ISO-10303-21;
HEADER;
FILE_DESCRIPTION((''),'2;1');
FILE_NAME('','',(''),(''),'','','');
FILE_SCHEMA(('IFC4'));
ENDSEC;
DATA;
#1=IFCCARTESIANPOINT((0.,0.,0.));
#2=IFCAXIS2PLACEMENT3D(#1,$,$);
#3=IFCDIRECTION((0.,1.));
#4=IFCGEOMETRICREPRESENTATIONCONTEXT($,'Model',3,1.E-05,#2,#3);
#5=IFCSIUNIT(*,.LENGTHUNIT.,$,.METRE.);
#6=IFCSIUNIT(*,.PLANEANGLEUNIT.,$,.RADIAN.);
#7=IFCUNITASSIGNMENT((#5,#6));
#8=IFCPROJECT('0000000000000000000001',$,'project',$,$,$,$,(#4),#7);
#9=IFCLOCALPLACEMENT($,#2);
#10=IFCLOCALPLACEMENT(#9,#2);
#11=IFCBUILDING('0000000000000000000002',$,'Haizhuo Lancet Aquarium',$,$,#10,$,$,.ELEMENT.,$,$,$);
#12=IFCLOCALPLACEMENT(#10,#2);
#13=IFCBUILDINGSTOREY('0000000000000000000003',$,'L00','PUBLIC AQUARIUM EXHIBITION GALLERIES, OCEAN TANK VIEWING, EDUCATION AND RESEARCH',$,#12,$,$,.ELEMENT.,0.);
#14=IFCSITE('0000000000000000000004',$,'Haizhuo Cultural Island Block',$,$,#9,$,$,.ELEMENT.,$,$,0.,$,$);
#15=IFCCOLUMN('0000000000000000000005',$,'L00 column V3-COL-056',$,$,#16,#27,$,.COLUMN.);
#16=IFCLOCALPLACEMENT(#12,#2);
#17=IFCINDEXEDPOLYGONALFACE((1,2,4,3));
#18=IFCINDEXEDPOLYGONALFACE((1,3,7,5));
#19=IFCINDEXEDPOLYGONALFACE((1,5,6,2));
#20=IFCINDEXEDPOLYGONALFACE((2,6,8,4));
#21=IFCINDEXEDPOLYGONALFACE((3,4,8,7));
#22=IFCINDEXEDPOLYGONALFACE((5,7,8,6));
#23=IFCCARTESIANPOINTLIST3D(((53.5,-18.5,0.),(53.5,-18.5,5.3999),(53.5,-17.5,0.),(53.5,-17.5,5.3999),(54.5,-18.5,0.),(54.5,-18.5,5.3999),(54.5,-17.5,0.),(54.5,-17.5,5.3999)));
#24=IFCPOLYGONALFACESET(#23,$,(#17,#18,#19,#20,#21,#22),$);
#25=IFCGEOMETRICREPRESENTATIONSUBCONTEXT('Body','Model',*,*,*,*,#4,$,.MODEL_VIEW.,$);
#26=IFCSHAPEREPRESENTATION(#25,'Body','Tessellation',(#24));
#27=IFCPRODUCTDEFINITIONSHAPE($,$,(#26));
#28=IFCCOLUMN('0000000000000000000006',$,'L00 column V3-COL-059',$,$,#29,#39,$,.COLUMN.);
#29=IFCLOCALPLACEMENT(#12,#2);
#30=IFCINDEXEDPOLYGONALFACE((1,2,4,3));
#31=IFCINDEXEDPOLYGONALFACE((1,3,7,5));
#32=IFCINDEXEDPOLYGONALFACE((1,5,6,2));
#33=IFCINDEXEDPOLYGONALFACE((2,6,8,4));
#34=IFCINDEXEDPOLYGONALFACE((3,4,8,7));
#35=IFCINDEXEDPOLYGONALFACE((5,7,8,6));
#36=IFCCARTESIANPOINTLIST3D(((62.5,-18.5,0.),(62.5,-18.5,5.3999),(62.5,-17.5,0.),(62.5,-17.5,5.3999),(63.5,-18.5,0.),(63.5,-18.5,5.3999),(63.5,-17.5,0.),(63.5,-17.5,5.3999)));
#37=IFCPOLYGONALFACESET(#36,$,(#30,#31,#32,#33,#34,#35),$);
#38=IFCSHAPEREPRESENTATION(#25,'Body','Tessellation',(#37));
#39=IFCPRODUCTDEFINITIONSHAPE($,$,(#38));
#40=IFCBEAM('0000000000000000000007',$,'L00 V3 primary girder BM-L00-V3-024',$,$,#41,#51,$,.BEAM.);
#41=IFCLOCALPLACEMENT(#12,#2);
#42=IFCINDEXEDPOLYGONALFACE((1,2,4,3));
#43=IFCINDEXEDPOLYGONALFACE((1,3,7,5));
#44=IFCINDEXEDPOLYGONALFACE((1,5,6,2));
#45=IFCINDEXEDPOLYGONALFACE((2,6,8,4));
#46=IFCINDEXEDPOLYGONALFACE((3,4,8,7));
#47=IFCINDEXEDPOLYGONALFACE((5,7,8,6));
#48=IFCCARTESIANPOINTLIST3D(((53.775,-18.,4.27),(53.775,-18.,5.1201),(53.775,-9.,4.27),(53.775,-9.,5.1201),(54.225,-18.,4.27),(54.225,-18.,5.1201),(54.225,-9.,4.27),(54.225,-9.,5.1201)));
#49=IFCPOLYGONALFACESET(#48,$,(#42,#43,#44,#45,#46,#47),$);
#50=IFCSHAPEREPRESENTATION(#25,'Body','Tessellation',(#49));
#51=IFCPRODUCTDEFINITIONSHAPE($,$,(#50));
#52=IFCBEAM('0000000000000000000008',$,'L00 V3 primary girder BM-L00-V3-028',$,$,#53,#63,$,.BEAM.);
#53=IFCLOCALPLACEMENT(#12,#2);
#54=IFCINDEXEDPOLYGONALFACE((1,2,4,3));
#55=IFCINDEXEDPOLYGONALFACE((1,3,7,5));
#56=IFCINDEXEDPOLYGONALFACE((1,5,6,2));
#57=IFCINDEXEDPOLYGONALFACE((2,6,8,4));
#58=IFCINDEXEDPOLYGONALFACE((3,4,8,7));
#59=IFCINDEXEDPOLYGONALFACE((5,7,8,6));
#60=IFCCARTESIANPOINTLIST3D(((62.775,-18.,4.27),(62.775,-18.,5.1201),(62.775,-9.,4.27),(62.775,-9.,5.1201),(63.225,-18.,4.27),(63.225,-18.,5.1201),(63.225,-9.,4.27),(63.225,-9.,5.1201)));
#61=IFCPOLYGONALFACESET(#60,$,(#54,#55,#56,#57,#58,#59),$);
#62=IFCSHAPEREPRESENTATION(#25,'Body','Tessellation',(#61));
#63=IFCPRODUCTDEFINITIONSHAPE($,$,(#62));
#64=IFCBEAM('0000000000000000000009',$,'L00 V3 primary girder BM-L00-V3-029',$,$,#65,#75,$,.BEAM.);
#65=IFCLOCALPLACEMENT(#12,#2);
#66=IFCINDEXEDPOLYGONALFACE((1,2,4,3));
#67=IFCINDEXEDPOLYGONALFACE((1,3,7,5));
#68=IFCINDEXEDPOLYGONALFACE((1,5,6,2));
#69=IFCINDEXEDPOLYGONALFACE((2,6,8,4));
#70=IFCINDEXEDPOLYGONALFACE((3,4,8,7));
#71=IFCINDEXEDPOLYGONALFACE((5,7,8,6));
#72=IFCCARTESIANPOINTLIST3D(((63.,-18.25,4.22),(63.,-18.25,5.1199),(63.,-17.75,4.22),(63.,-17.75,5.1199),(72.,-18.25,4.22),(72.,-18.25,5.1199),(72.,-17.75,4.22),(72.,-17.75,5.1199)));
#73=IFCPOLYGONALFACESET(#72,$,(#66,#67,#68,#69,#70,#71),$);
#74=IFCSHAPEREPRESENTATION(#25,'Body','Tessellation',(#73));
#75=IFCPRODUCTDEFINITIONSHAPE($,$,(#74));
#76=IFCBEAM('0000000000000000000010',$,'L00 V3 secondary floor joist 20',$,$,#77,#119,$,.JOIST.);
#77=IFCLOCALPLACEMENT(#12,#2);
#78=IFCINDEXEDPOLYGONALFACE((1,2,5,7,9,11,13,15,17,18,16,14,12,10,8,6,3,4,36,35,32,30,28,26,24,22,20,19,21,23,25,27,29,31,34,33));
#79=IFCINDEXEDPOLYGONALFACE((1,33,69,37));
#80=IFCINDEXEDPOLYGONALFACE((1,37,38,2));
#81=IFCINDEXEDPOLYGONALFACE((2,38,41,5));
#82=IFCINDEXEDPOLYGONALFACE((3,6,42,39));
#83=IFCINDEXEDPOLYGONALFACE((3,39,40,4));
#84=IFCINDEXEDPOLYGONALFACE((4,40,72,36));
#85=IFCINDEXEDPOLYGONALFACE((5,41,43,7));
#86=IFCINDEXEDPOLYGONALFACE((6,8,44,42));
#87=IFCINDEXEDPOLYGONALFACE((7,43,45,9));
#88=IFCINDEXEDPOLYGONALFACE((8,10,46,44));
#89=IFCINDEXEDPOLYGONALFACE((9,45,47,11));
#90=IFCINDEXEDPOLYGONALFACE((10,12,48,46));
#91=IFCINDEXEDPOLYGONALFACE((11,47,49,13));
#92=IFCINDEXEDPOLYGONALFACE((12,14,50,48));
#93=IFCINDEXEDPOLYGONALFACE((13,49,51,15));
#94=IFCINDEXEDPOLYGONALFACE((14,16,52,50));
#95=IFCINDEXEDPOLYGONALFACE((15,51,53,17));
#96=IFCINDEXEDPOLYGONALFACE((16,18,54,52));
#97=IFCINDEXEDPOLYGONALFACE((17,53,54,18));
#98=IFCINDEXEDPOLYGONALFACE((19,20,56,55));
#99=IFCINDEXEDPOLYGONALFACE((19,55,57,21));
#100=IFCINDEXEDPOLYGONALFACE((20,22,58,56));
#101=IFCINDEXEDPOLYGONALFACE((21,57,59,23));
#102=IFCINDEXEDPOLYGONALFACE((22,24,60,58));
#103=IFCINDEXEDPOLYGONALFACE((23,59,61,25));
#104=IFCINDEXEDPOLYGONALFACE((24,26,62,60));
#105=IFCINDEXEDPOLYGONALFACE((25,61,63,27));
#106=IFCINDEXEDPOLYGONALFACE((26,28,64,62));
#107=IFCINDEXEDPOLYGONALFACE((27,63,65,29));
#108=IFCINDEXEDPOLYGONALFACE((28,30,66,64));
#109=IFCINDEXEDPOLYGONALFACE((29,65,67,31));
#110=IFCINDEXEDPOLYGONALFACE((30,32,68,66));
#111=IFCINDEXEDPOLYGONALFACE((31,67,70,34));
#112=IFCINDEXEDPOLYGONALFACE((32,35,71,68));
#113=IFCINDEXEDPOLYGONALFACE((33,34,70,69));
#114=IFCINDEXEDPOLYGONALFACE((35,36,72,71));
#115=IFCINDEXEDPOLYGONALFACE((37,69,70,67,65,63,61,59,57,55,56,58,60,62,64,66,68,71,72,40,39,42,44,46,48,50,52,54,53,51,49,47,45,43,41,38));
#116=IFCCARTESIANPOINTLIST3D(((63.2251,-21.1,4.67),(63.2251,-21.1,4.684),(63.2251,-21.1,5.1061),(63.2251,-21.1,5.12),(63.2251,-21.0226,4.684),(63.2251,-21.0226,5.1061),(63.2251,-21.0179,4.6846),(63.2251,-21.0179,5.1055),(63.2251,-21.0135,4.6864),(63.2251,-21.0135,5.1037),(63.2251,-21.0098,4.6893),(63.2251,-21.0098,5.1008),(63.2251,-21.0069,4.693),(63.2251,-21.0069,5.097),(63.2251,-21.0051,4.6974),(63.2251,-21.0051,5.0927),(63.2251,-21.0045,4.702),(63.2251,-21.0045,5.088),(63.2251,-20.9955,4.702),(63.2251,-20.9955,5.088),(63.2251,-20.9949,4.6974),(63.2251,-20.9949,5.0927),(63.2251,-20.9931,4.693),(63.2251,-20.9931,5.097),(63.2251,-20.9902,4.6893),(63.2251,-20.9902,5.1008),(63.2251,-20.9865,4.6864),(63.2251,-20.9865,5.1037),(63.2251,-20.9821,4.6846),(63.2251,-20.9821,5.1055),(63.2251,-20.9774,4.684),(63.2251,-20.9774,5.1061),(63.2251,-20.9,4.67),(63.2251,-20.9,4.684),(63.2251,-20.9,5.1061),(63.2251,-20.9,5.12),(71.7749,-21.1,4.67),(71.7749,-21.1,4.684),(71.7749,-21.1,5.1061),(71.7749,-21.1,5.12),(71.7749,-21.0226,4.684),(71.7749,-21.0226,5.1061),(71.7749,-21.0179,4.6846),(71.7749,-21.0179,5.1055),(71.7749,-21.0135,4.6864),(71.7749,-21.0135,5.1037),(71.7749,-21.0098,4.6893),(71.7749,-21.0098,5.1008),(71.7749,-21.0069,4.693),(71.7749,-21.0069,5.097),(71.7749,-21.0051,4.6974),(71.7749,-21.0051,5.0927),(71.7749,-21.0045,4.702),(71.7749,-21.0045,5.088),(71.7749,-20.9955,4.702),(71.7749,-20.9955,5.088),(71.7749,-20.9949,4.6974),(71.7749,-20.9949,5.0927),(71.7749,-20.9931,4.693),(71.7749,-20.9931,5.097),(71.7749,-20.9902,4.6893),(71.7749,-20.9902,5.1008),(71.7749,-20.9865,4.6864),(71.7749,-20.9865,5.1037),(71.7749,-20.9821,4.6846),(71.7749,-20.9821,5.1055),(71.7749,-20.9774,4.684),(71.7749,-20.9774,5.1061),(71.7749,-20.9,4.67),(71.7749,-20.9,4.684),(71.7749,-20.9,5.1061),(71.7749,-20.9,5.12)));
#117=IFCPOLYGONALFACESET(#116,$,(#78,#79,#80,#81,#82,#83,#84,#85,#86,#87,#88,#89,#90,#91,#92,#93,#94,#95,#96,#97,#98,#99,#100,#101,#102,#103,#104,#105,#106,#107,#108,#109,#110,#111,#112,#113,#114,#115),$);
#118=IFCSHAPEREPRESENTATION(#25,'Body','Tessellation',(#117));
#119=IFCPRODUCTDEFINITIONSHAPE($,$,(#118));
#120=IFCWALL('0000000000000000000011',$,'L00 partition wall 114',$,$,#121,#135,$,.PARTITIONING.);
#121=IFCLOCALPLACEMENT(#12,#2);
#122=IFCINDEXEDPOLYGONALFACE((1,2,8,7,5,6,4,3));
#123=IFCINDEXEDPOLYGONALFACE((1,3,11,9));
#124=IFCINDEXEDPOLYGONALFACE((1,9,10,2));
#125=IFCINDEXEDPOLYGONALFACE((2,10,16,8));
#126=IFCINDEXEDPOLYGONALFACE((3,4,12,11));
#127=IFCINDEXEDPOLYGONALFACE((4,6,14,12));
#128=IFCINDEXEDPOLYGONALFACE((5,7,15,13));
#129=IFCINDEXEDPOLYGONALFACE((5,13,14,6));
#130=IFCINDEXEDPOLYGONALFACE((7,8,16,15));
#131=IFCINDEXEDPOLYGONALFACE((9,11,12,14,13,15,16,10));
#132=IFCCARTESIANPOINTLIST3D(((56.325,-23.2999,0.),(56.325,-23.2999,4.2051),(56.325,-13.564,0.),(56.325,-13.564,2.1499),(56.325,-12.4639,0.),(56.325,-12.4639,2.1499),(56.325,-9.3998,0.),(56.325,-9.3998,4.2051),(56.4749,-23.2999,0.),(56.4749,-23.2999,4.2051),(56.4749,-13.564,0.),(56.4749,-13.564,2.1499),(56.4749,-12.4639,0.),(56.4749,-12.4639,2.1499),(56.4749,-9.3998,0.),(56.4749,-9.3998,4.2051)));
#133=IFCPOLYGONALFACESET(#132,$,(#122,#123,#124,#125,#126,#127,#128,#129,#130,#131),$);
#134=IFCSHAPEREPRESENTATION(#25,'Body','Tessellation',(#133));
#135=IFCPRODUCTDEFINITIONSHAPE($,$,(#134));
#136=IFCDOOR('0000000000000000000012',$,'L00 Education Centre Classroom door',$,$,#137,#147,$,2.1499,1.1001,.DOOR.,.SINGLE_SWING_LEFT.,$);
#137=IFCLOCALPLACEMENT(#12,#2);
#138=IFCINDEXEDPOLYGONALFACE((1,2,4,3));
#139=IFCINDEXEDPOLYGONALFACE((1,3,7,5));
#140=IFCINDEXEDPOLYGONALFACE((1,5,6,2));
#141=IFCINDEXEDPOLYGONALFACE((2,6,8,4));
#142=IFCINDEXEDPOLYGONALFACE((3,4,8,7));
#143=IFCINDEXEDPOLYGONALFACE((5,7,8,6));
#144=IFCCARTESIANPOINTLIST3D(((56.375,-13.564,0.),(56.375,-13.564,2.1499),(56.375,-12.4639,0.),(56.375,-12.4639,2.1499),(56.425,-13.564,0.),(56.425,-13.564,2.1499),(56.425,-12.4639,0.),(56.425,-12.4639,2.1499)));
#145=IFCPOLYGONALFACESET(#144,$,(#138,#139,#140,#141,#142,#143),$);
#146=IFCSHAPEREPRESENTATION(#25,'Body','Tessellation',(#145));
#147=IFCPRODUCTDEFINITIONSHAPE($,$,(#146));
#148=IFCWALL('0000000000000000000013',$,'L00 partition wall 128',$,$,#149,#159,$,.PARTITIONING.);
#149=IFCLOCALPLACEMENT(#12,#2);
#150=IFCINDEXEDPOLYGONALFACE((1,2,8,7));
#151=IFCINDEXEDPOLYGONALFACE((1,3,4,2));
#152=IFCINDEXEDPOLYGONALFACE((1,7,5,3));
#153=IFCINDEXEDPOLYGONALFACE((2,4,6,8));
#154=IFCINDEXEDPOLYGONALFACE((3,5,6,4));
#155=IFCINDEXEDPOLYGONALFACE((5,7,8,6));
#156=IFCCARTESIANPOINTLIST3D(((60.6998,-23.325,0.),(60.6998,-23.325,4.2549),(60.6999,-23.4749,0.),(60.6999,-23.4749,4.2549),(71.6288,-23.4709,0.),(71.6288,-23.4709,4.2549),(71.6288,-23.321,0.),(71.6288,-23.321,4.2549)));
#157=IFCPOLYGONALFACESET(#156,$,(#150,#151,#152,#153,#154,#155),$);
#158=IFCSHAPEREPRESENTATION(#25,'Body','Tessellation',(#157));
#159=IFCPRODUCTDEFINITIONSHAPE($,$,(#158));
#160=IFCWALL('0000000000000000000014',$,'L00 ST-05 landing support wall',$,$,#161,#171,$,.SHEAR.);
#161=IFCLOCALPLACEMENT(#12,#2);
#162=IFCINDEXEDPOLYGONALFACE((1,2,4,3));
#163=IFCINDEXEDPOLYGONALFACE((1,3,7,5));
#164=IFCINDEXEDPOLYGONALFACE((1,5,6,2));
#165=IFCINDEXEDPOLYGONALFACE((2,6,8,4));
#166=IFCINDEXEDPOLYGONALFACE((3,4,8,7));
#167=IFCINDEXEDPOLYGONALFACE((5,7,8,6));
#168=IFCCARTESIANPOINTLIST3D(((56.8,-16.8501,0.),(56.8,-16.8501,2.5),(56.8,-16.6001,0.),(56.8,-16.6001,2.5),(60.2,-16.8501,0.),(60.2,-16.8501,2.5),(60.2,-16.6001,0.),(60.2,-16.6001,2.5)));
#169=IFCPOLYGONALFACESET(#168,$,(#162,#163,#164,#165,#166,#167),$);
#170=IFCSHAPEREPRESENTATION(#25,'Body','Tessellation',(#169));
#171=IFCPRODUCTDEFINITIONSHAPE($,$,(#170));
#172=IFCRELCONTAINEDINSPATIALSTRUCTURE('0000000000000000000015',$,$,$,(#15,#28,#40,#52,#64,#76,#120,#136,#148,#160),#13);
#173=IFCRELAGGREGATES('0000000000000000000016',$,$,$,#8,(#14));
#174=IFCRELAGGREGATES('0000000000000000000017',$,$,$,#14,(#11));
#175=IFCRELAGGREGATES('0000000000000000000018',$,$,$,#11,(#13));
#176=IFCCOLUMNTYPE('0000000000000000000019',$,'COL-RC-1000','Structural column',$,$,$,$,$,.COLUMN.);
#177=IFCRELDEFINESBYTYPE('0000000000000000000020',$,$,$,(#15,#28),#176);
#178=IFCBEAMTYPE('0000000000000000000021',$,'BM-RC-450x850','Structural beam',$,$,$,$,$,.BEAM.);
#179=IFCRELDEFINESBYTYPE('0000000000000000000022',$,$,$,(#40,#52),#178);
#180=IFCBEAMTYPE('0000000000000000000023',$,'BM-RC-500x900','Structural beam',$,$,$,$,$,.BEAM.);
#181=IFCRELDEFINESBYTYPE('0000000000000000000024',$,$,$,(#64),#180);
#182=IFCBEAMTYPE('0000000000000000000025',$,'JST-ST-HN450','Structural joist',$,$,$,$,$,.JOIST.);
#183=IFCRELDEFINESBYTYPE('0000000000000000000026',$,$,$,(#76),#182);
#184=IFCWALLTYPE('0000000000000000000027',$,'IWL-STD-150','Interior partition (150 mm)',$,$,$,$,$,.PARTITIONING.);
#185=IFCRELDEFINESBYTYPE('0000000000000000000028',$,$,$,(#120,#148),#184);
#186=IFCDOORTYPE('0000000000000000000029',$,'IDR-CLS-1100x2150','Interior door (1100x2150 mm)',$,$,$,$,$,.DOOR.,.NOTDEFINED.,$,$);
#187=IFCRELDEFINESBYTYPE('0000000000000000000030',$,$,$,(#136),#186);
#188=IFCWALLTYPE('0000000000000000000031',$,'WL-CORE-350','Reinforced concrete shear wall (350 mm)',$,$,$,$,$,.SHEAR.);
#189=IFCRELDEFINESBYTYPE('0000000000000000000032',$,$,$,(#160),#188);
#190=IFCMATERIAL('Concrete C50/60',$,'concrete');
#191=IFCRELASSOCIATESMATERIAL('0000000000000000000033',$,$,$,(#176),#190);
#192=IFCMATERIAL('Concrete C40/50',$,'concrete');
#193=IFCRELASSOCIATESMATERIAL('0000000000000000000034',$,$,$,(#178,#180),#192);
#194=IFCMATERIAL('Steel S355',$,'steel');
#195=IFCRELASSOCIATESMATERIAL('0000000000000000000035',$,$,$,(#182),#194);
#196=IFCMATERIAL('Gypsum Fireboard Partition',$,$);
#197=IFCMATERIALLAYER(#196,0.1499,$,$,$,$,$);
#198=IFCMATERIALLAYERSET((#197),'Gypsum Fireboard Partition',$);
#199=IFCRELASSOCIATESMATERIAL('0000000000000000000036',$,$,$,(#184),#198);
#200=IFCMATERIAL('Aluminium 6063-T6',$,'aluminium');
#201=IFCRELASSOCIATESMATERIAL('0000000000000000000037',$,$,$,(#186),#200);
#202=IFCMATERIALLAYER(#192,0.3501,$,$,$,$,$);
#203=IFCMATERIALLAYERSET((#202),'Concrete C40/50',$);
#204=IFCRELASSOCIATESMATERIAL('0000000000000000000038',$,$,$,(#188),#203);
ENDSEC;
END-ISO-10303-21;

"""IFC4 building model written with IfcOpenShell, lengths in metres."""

from ifc_helpers import new_model, si_unit, direction, frame, frame_2d, origin, origin_2d, place, context, subcontext, project, spatial, rectangle, i_section, extrude, material, layer, layer_set, material_profile, profile_set, type_object, element, fill, save


model = new_model("IFC4")

# Units and contexts
model_context = context("Model", 3, precision=1e-05, world=origin(), true_north=direction((0.0, 1.0)))
body_context = subcontext(model_context, "Body", "Model", "MODEL_VIEW")
ifc_project = project(units=[si_unit("LENGTHUNIT", "METRE"), si_unit("PLANEANGLEUNIT", "RADIAN")], contexts=[model_context])

# Site, building, storey
site_placement = place(None, origin())
site = spatial("IfcSite", under=ifc_project, at=site_placement, Name="Haizhuo Cultural Island Block", CompositionType="ELEMENT", RefElevation=0.0)
building_placement = place(site_placement, origin())
building = spatial("IfcBuilding", under=site, at=building_placement, Name="Haizhuo Lancet Aquarium", CompositionType="ELEMENT")
storey_placement = place(building_placement, origin())
storey = spatial("IfcBuildingStorey", under=building, at=storey_placement, Name="L00", Description="PUBLIC AQUARIUM EXHIBITION GALLERIES, OCEAN TANK VIEWING, EDUCATION AND RESEARCH", CompositionType="ELEMENT", Elevation=0.0)

# Columns
ifc_material_1 = material(Name="Concrete C50/60", Category="concrete")
ifc_material_profile_1 = material_profile(ifc_material_1, rectangle(XDim=1.0, YDim=1.0, at=origin_2d()), Name="RC-COL 1000x1000")
ifc_profile_set_1 = profile_set([ifc_material_profile_1], Name="Concrete C50/60")
column_type = type_object("IfcColumnType", Name="COL-RC-1000", Description="Structural column", PredefinedType="COLUMN", material=ifc_profile_set_1)
for number, where, z_axis, x_axis, name in (
    (1, (54.0, -18.0, 0.0), (0.0, 0.0, 1.0), (1.0, 0.0, 0.0), "L00 column V3-COL-056"),
    (2, (63.0, -18.0, 0.0), (0.0, 0.0, 1.0), (1.0, 0.0, 0.0), "L00 column V3-COL-059"),
):
    element("IfcColumn", number, at=place(storey_placement, frame(where, z_axis=z_axis, x_axis=x_axis)), inside=storey, type_object=column_type, Name=name, PredefinedType="COLUMN", context=body_context, shape_type="SweptSolid", body=[
        extrude(rectangle(XDim=1.0, YDim=1.0, at=origin_2d()), origin(), (0.0, 0.0, 1.0), 5.3999),
    ])

# Beams
ifc_material_2 = material(Name="Concrete C40/50", Category="concrete")
ifc_material_profile_2 = material_profile(ifc_material_2, rectangle(XDim=0.45, YDim=0.8501, at=origin_2d()), Name="RC-BM 450x850")
ifc_profile_set_2 = profile_set([ifc_material_profile_2], Name="Concrete C40/50")
beam_type_1 = type_object("IfcBeamType", Name="BM-RC-450x850", Description="Structural beam", PredefinedType="BEAM", material=ifc_profile_set_2)
for number, where, z_axis, x_axis, name in (
    (3, (54.0, -18.0, 4.6951), (0.0, 1.0, 0.0), (-1.0, 0.0, 0.0), "L00 V3 primary girder BM-L00-V3-024"),
    (4, (63.0, -18.0, 4.6951), (0.0, 1.0, 0.0), (-1.0, 0.0, 0.0), "L00 V3 primary girder BM-L00-V3-028"),
):
    element("IfcBeam", number, at=place(storey_placement, frame(where, z_axis=z_axis, x_axis=x_axis)), inside=storey, type_object=beam_type_1, Name=name, PredefinedType="BEAM", context=body_context, shape_type="SweptSolid", body=[
        extrude(rectangle(XDim=0.45, YDim=0.8501, at=origin_2d()), origin(), (0.0, 0.0, 1.0), 9.0),
    ])
ifc_material_profile_3 = material_profile(ifc_material_2, rectangle(XDim=0.5, YDim=0.8999, at=origin_2d()), Name="RC-BM 500x900")
ifc_profile_set_3 = profile_set([ifc_material_profile_3], Name="Concrete C40/50")
beam_type_2 = type_object("IfcBeamType", Name="BM-RC-500x900", Description="Structural beam", PredefinedType="BEAM", material=ifc_profile_set_3)
beam_1_placement = place(storey_placement, frame((63.0, -18.0, 4.6699), z_axis=(1.0, 0.0, 0.0), x_axis=(0.0, 1.0, 0.0)))
element("IfcBeam", 5, at=beam_1_placement, inside=storey, type_object=beam_type_2, Name="L00 V3 primary girder BM-L00-V3-029", PredefinedType="BEAM", context=body_context, shape_type="SweptSolid", body=[
    extrude(rectangle(XDim=0.5, YDim=0.8999, at=origin_2d()), origin(), (0.0, 0.0, 1.0), 9.0),
])
ifc_material_3 = material(Name="Steel S355", Category="steel")
ifc_material_profile_4 = material_profile(ifc_material_3, i_section(OverallWidth=0.2, OverallDepth=0.45, WebThickness=0.009, FlangeThickness=0.0139, FilletRadius=0.0181, at=origin_2d()), Name="HN 450x200x9x14")
ifc_profile_set_4 = profile_set([ifc_material_profile_4], Name="Steel S355")
beam_type_3 = type_object("IfcBeamType", Name="JST-ST-HN450", Description="Structural joist", PredefinedType="JOIST", material=ifc_profile_set_4)
beam_2_placement = place(storey_placement, frame((63.2251, -21.0, 4.895), z_axis=(1.0, 0.0, 0.0), x_axis=(0.0, 1.0, 0.0)))
element("IfcBeam", 6, at=beam_2_placement, inside=storey, type_object=beam_type_3, Name="L00 V3 secondary floor joist 20", PredefinedType="JOIST", context=body_context, shape_type="SweptSolid", body=[
    extrude(i_section(OverallWidth=0.2, OverallDepth=0.45, WebThickness=0.009, FlangeThickness=0.0139, FilletRadius=0.0181, at=origin_2d()), origin(), (0.0, 0.0, 1.0), 8.5498),
])

# Wall, opening, door
ifc_material_4 = material(Name="Gypsum Fireboard Partition")
ifc_layer_1 = layer(ifc_material_4, 0.1499)
ifc_layer_set_1 = layer_set([ifc_layer_1], Name="Gypsum Fireboard Partition")
wall_type_1 = type_object("IfcWallType", Name="IWL-STD-150", Description="Interior partition (150 mm)", PredefinedType="PARTITIONING", material=ifc_layer_set_1)
wall_1_placement = place(storey_placement, frame((56.3999, -23.3, 0.0), z_axis=(0.0, 0.0, 1.0), x_axis=(0.0, 1.0, 0.0)))
wall_1 = element("IfcWall", 7, at=wall_1_placement, inside=storey, type_object=wall_type_1, Name="L00 partition wall 114", PredefinedType="PARTITIONING", context=body_context, shape_type="SweptSolid", body=[
    extrude(rectangle(XDim=13.9001, YDim=0.1499, at=frame_2d((6.9502, 0.0))), origin(), (0.0, 0.0, 1.0), 4.2051),
])
opening_1_placement = place(wall_1_placement, frame((9.7361, 0.0, 0.0)))
opening_1 = element("IfcOpeningElement", 8, at=opening_1_placement, cuts=wall_1, PredefinedType="OPENING", context=body_context, shape_type="SweptSolid", body=[
    extrude(rectangle(XDim=1.1001, YDim=2.1499, at=frame_2d((0.55, 1.075))), frame((0.0, 0.085, 0.0), z_axis=(0.0, -1.0, 0.0), x_axis=(1.0, 0.0, 0.0)), (0.0, 0.0, 1.0), 0.1699),
])
ifc_material_5 = material(Name="Aluminium 6063-T6", Category="aluminium")
door_type_1 = type_object("IfcDoorType", Name="IDR-CLS-1100x2150", Description="Interior door (1100x2150 mm)", OperationType="NOTDEFINED", PredefinedType="DOOR", material=ifc_material_5)
door_1_placement = place(opening_1_placement, origin())
door_1 = element("IfcDoor", 9, at=door_1_placement, inside=storey, type_object=door_type_1, Name="L00 Education Centre Classroom door", OperationType="SINGLE_SWING_LEFT", OverallHeight=2.1499, OverallWidth=1.1001, PredefinedType="DOOR", context=body_context, shape_type="SweptSolid", body=[
    extrude(rectangle(XDim=1.1001, YDim=2.1499, at=frame_2d((0.55, 1.075))), frame((0.0, 0.0249, 0.0), z_axis=(0.0, -1.0, 0.0), x_axis=(1.0, 0.0, 0.0)), (0.0, 0.0, 1.0), 0.05),
])
fill(opening_1, door_1)

# Walls
wall_2_placement = place(storey_placement, frame((60.7, -23.3999, 0.0), z_axis=(0.0, 0.0, 1.0), x_axis=(1.0, 0.000357, 0.0)))
element("IfcWall", 10, at=wall_2_placement, inside=storey, type_object=wall_type_1, Name="L00 partition wall 128", PredefinedType="PARTITIONING", context=body_context, shape_type="SweptSolid", body=[
    extrude(rectangle(XDim=10.929, YDim=0.1499, at=frame_2d((5.4644, 0.0))), origin(), (0.0, 0.0, 1.0), 4.2549),
])
ifc_layer_2 = layer(ifc_material_2, 0.3501)
ifc_layer_set_2 = layer_set([ifc_layer_2], Name="Concrete C40/50")
wall_type_2 = type_object("IfcWallType", Name="WL-CORE-350", Description="Reinforced concrete shear wall (350 mm)", PredefinedType="SHEAR", material=ifc_layer_set_2)
wall_3_placement = place(storey_placement, frame((56.8, -16.7251, 0.0), z_axis=(0.0, 0.0, 1.0), x_axis=(1.0, 0.0, 0.0)))
element("IfcWall", 11, at=wall_3_placement, inside=storey, type_object=wall_type_2, Name="L00 ST-05 landing support wall", PredefinedType="SHEAR", context=body_context, shape_type="SweptSolid", body=[
    extrude(rectangle(XDim=3.3999, YDim=0.25, at=frame_2d((1.7, 0.0))), origin(), (0.0, 0.0, 1.0), 2.5),
])

save(model, "model.ifc")
